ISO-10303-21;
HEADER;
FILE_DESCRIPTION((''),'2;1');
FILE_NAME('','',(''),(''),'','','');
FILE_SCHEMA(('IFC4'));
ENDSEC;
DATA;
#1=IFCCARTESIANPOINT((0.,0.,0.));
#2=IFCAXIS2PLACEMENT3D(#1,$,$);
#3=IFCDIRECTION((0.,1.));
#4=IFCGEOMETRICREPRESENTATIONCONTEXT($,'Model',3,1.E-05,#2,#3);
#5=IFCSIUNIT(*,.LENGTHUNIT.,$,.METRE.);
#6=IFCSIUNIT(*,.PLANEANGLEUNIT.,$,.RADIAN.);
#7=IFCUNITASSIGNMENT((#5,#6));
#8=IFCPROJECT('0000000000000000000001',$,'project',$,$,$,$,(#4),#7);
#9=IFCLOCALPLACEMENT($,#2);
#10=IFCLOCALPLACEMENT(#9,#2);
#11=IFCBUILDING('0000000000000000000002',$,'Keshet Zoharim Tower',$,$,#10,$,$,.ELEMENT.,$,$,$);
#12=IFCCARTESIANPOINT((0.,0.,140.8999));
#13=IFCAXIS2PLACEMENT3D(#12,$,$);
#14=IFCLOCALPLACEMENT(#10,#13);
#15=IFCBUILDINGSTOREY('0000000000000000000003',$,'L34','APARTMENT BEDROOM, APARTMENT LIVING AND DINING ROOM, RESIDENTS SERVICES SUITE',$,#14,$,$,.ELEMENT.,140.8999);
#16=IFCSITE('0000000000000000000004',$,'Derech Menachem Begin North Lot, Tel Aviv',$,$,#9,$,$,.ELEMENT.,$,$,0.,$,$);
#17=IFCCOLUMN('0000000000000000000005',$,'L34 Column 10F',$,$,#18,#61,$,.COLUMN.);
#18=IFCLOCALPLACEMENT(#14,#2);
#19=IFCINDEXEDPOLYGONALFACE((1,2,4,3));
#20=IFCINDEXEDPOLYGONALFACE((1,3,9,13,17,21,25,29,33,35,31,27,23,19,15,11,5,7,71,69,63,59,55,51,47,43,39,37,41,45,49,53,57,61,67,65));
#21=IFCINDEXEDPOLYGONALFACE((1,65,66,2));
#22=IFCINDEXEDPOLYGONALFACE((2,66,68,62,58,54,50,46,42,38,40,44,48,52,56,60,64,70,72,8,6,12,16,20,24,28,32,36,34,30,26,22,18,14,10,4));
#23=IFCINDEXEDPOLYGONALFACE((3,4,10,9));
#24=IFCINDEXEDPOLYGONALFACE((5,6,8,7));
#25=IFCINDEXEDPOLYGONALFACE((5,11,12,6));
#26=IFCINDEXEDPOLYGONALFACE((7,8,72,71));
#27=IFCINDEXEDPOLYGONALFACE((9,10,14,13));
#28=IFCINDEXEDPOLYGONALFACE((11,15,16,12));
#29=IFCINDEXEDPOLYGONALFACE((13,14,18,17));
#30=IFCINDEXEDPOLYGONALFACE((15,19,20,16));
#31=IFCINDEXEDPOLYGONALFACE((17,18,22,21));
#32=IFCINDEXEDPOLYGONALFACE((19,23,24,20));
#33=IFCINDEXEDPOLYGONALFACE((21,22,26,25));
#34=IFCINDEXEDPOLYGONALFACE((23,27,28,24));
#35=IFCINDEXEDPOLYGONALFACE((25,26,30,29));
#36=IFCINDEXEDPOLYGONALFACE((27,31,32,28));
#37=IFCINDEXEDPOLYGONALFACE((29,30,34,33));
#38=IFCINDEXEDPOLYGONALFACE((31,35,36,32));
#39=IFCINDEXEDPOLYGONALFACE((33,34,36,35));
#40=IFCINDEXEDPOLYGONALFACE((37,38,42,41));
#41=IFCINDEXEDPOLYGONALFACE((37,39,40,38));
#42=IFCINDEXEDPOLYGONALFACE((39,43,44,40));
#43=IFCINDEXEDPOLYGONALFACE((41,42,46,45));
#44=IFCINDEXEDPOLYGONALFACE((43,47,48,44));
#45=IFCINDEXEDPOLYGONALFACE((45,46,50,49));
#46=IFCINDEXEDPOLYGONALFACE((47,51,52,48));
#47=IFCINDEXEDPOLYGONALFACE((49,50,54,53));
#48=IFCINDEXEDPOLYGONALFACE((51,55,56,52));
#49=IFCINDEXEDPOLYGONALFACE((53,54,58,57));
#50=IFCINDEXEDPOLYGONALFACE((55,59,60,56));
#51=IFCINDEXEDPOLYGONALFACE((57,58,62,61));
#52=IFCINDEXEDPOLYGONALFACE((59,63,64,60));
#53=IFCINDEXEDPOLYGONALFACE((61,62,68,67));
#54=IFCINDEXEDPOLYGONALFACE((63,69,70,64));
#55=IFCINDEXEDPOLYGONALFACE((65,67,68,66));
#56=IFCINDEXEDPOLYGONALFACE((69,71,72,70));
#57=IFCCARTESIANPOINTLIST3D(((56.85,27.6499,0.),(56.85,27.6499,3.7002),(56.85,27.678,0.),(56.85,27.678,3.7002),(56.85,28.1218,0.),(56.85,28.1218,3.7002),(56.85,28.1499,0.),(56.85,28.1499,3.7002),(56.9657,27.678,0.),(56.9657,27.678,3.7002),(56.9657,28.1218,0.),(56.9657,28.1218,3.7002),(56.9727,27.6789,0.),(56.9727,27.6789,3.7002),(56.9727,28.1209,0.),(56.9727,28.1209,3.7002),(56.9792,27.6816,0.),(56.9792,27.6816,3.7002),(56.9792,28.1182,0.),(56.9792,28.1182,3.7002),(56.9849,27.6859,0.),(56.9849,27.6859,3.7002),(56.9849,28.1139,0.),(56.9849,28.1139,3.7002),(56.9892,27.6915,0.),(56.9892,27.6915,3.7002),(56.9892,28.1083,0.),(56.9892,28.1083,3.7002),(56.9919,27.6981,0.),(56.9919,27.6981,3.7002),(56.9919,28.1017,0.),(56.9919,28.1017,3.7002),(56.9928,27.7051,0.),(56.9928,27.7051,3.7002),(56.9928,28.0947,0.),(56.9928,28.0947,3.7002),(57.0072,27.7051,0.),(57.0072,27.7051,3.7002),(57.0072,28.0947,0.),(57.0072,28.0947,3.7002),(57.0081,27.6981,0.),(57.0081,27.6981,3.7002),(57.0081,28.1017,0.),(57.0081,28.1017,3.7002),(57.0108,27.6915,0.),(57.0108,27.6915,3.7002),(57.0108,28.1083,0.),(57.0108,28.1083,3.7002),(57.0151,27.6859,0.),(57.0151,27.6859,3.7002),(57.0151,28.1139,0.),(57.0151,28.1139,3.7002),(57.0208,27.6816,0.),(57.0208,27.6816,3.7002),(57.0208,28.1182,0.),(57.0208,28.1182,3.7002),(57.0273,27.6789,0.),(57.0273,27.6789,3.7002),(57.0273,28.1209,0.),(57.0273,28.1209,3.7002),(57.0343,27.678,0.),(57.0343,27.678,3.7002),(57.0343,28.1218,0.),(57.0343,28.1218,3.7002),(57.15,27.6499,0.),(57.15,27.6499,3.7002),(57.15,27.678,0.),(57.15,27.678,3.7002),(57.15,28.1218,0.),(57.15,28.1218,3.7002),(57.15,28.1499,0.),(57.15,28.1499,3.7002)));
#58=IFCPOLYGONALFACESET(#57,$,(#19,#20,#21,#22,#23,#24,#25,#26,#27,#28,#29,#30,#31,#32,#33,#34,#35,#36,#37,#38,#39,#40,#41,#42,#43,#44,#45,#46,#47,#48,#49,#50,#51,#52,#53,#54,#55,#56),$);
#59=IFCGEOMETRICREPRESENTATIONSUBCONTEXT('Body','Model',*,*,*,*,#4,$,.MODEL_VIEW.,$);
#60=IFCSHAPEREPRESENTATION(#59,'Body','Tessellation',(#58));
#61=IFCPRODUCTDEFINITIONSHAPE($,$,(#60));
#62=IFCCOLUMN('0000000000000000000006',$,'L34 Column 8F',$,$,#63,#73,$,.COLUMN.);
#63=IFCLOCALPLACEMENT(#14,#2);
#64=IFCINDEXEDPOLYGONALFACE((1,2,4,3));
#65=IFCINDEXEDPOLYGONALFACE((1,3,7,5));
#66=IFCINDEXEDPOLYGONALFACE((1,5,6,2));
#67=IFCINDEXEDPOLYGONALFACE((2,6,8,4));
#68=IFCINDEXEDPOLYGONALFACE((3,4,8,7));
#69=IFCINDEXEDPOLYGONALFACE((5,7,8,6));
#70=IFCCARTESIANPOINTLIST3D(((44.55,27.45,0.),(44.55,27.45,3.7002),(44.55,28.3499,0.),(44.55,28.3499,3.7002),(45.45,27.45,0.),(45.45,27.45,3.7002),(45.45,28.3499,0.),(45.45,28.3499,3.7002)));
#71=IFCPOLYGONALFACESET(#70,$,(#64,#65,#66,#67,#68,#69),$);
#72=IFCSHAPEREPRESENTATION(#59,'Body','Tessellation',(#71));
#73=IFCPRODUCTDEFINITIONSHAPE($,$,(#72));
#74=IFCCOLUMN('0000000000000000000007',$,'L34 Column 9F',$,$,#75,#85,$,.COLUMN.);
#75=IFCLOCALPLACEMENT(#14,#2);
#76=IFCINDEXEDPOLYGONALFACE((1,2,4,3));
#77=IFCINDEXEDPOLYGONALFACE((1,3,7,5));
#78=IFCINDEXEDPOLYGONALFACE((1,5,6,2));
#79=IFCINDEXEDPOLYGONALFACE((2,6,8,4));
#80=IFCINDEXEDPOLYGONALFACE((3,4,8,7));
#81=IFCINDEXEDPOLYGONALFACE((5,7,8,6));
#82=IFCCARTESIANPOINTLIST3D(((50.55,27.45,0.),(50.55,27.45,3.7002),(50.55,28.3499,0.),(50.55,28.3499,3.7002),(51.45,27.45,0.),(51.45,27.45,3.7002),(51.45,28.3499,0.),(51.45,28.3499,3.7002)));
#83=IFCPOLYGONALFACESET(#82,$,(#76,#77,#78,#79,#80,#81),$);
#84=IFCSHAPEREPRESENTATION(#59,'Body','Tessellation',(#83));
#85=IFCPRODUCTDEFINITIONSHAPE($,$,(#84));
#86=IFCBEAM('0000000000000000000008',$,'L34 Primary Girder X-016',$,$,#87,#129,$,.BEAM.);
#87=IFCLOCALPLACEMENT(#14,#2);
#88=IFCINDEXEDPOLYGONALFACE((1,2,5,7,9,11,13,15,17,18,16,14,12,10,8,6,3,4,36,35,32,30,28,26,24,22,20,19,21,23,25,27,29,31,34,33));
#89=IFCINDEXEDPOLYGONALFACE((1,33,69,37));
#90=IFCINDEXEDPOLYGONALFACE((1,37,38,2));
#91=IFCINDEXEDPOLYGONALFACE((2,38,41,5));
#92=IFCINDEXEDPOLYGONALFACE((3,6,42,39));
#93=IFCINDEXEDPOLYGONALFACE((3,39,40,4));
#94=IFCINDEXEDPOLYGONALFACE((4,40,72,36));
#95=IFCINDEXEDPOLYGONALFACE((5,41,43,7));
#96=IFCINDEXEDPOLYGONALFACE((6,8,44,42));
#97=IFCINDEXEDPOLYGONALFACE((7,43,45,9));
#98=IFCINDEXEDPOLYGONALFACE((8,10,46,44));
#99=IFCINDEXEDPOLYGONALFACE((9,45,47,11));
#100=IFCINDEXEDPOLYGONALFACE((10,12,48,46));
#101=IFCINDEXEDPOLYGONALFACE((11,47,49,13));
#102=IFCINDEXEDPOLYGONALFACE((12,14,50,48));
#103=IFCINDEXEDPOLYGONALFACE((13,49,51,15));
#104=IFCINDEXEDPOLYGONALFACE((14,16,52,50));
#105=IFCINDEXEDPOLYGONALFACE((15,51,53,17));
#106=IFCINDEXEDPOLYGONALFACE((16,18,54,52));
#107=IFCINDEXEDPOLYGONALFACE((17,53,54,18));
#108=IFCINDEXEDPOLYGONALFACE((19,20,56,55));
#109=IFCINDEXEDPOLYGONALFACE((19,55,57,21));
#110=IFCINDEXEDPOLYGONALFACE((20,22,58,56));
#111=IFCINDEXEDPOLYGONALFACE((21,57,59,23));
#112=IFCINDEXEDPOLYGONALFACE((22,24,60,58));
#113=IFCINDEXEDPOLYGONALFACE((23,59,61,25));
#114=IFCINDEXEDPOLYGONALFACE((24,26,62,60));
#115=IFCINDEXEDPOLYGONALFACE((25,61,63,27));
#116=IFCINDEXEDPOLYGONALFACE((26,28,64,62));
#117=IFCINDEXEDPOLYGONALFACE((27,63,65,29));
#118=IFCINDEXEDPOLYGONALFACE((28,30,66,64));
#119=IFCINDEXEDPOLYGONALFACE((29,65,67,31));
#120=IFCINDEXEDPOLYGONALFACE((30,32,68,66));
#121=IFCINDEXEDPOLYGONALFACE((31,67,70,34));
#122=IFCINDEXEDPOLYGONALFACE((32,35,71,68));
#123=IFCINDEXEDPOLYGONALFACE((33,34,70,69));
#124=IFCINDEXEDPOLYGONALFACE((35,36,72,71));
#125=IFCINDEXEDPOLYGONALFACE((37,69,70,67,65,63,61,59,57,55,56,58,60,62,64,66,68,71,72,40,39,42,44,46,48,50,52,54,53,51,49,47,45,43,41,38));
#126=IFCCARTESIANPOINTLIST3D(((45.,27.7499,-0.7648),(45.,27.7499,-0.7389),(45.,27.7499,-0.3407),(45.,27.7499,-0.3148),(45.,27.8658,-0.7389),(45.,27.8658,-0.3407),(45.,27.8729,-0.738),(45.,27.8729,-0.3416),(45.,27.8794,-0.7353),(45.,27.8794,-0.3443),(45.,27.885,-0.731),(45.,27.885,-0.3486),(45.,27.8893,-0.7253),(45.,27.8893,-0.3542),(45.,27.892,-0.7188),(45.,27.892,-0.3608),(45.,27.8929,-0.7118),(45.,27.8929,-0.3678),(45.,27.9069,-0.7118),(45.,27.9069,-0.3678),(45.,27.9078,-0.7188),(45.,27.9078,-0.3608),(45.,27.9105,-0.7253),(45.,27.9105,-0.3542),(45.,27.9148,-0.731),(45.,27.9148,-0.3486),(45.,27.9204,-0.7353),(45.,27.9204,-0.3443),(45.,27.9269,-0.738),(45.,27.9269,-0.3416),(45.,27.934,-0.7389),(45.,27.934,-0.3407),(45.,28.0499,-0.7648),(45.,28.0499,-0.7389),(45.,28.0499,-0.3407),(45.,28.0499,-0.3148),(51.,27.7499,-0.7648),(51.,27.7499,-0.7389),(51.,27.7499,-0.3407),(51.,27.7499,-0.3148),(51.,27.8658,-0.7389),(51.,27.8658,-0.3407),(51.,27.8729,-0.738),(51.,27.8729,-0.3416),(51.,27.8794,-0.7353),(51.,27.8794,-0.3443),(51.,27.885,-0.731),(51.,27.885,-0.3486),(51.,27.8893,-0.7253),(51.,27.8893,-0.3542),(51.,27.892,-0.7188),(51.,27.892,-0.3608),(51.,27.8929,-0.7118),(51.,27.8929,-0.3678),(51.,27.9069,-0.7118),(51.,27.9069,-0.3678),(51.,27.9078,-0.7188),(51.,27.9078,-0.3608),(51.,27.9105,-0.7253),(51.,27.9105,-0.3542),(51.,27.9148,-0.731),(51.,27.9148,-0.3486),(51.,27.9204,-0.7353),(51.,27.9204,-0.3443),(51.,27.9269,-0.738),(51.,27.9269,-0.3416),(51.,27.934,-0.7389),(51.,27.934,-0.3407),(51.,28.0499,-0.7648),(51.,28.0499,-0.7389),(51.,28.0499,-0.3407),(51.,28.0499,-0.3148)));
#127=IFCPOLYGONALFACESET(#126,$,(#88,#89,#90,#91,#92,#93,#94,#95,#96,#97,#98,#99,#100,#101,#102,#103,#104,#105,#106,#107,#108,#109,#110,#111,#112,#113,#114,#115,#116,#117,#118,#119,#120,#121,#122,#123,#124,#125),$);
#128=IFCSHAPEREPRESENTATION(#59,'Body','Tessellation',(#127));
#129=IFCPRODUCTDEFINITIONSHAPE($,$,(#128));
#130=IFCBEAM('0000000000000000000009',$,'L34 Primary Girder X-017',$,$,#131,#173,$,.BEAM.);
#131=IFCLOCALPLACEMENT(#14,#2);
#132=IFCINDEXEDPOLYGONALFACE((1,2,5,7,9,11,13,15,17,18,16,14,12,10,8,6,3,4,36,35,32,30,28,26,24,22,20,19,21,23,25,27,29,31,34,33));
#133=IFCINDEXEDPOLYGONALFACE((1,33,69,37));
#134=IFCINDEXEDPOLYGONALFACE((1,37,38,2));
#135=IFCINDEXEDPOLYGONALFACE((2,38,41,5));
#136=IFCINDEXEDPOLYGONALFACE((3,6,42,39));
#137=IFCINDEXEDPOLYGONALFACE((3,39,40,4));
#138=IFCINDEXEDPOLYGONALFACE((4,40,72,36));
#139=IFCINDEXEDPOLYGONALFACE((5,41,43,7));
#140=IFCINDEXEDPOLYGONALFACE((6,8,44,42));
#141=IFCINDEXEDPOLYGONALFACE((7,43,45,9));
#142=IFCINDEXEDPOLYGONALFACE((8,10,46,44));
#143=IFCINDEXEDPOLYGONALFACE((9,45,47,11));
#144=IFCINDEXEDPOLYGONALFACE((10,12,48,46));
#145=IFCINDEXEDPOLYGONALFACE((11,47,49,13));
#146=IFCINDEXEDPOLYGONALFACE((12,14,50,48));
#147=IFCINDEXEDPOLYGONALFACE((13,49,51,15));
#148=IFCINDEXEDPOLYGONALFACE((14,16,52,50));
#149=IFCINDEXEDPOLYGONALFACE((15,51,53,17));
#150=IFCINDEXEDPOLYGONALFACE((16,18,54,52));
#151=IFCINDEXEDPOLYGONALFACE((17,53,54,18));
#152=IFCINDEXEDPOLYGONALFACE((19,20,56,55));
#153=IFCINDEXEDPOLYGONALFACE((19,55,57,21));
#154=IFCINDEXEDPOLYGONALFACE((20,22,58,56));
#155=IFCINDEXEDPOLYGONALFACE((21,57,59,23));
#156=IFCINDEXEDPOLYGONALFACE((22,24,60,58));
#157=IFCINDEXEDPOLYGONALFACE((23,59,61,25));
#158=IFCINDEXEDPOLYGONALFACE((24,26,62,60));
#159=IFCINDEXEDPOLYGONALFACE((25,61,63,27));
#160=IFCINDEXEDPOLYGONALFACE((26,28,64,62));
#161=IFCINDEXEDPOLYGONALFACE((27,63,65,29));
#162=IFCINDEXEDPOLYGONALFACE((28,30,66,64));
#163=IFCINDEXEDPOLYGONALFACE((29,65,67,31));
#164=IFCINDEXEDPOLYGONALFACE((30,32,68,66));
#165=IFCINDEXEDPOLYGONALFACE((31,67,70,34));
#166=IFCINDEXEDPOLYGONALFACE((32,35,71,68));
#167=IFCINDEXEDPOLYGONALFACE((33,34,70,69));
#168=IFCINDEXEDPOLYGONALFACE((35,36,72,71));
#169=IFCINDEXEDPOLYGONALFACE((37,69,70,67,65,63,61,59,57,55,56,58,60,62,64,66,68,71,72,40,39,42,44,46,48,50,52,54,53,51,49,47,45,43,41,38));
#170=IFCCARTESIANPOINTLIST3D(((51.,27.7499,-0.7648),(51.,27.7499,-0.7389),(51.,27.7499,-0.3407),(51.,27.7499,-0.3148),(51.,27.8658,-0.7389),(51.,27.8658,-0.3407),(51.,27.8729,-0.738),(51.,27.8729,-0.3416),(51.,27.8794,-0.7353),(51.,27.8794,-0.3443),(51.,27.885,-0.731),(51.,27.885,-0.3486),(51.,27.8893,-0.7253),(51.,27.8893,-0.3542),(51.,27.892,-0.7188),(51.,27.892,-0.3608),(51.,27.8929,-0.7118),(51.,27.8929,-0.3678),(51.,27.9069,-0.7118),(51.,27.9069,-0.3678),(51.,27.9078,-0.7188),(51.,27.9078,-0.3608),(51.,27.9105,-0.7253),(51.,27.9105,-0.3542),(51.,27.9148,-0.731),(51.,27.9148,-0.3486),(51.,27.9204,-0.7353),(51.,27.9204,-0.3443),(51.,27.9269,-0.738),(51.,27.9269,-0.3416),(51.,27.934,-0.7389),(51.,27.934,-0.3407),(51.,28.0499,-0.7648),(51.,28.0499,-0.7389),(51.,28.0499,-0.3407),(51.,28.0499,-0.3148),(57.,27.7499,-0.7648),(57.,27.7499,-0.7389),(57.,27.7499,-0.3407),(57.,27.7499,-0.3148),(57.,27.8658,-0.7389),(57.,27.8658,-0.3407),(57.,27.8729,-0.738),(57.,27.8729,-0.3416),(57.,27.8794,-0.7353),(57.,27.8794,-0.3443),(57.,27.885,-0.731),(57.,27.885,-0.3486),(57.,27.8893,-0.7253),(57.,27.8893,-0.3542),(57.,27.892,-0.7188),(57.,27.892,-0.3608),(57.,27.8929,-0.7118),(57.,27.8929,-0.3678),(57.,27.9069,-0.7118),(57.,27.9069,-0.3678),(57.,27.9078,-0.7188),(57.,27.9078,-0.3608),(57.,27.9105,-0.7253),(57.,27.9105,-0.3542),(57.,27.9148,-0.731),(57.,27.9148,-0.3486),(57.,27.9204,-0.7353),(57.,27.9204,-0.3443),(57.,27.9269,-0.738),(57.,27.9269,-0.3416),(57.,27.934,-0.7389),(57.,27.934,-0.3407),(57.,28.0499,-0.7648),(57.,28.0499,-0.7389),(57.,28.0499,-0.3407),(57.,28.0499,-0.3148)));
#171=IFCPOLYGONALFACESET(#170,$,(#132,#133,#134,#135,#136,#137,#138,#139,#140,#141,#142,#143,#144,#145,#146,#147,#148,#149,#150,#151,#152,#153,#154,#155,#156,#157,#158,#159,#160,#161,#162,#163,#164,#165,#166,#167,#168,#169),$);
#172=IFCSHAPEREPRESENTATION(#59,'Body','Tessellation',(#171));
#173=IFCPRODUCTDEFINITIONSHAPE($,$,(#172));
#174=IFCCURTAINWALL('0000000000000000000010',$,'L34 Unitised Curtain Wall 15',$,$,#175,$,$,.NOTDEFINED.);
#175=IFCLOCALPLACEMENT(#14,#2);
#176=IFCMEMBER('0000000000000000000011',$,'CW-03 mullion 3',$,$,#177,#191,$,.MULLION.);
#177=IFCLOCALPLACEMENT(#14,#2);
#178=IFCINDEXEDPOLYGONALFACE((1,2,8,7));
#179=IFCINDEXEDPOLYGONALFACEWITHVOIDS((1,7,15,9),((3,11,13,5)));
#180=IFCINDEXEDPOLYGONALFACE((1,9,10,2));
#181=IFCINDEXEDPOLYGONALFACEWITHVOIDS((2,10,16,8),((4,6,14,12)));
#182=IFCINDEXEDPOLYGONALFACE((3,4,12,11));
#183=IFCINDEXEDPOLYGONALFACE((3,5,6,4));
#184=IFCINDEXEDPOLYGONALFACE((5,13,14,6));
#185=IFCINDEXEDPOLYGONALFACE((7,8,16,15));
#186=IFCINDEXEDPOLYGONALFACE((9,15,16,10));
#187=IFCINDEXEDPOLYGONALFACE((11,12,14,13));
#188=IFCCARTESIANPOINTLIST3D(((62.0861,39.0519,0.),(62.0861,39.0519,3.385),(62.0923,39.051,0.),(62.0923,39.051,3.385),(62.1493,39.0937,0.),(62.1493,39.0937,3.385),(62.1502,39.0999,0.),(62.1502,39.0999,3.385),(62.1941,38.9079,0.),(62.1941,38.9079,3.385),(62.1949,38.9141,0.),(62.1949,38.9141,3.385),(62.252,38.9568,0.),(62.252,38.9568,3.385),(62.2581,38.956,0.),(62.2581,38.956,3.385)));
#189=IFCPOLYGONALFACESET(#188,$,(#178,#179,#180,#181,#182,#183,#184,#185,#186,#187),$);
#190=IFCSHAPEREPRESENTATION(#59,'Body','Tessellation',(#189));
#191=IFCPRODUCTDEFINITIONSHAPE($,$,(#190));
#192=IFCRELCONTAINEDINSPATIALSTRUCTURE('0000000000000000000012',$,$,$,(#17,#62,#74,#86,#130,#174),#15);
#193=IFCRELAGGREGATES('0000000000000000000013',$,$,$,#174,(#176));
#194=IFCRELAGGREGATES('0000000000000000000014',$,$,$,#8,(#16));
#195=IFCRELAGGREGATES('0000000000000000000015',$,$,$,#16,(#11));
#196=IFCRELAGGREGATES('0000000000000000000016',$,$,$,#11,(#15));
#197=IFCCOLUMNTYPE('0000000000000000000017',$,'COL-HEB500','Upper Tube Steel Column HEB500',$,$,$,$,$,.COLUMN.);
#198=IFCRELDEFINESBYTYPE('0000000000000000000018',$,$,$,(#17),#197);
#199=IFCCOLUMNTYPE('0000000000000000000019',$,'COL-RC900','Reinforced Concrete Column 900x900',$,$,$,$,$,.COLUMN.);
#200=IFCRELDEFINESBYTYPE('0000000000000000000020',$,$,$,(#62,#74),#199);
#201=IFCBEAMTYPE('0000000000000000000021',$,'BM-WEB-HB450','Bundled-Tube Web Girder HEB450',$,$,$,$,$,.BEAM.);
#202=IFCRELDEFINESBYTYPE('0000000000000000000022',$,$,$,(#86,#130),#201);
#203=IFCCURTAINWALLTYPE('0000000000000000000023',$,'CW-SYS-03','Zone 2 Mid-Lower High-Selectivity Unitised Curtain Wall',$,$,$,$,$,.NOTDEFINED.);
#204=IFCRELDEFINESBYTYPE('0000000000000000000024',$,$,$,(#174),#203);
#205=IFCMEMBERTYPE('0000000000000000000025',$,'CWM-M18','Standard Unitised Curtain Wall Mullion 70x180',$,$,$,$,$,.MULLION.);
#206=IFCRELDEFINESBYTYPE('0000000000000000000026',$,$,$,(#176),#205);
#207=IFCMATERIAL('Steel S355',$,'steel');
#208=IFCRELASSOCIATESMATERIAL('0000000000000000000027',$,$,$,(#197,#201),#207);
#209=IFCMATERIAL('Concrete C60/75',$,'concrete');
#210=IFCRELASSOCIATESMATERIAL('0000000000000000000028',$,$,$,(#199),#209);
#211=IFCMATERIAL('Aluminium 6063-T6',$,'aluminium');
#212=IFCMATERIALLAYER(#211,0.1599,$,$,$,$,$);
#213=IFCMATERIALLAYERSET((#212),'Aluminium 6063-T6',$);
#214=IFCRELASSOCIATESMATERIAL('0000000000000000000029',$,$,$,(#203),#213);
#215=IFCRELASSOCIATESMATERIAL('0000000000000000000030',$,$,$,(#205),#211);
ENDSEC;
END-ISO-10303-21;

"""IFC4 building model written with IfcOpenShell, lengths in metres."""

from ifc_helpers import new_model, si_unit, direction, frame, origin, origin_2d, place, context, subcontext, project, spatial, rectangle, hollow_rectangle, i_section, extrude, material, layer, layer_set, material_profile, profile_set, type_object, element, aggregate, save


model = new_model("IFC4")

# Units and contexts
model_context = context("Model", 3, precision=1e-05, world=origin(), true_north=direction((0.0, 1.0)))
body_context = subcontext(model_context, "Body", "Model", "MODEL_VIEW")
ifc_project = project(units=[si_unit("LENGTHUNIT", "METRE"), si_unit("PLANEANGLEUNIT", "RADIAN")], contexts=[model_context])

# Site, building, storey
site_placement = place(None, origin())
site = spatial("IfcSite", under=ifc_project, at=site_placement, Name="Derech Menachem Begin North Lot, Tel Aviv", CompositionType="ELEMENT", RefElevation=0.0)
building_placement = place(site_placement, origin())
building = spatial("IfcBuilding", under=site, at=building_placement, Name="Keshet Zoharim Tower", CompositionType="ELEMENT")
storey_placement = place(building_placement, frame((0.0, 0.0, 140.8999)))
storey = spatial("IfcBuildingStorey", under=building, at=storey_placement, Name="L34", Description="APARTMENT BEDROOM, APARTMENT LIVING AND DINING ROOM, RESIDENTS SERVICES SUITE", CompositionType="ELEMENT", Elevation=140.8999)

# Columns
ifc_material_1 = material(Name="Steel S355", Category="steel")
ifc_material_profile_1 = material_profile(ifc_material_1, i_section(OverallWidth=0.3, OverallDepth=0.5, WebThickness=0.0144, FlangeThickness=0.0281, FilletRadius=0.0271, at=origin_2d()), Name="HEB500")
ifc_profile_set_1 = profile_set([ifc_material_profile_1], Name="Steel S355")
column_type_1 = type_object("IfcColumnType", Name="COL-HEB500", Description="Upper Tube Steel Column HEB500", PredefinedType="COLUMN", material=ifc_profile_set_1)
column_placement = place(storey_placement, frame((57.0, 27.8999, 0.0), z_axis=(0.0, 0.0, 1.0), x_axis=(1.0, 0.0, 0.0)))
element("IfcColumn", 1, at=column_placement, inside=storey, type_object=column_type_1, Name="L34 Column 10F", PredefinedType="COLUMN", context=body_context, shape_type="SweptSolid", body=[
    extrude(i_section(OverallWidth=0.3, OverallDepth=0.5, WebThickness=0.0144, FlangeThickness=0.0281, FilletRadius=0.0271, at=origin_2d()), origin(), (0.0, 0.0, 1.0), 3.7002),
])
ifc_material_2 = material(Name="Concrete C60/75", Category="concrete")
ifc_material_profile_2 = material_profile(ifc_material_2, rectangle(XDim=0.8999, YDim=0.8999, at=origin_2d()), Name="RC900x900")
ifc_profile_set_2 = profile_set([ifc_material_profile_2], Name="Concrete C60/75")
column_type_2 = type_object("IfcColumnType", Name="COL-RC900", Description="Reinforced Concrete Column 900x900", PredefinedType="COLUMN", material=ifc_profile_set_2)
for number, where, z_axis, x_axis, name in (
    (2, (45.0, 27.8999, 0.0), (0.0, 0.0, 1.0), (1.0, 0.0, 0.0), "L34 Column 8F"),
    (3, (51.0, 27.8999, 0.0), (0.0, 0.0, 1.0), (1.0, 0.0, 0.0), "L34 Column 9F"),
):
    element("IfcColumn", number, at=place(storey_placement, frame(where, z_axis=z_axis, x_axis=x_axis)), inside=storey, type_object=column_type_2, Name=name, PredefinedType="COLUMN", context=body_context, shape_type="SweptSolid", body=[
        extrude(rectangle(XDim=0.8999, YDim=0.8999, at=origin_2d()), origin(), (0.0, 0.0, 1.0), 3.7002),
    ])

# Beams
ifc_material_profile_3 = material_profile(ifc_material_1, i_section(OverallWidth=0.3, OverallDepth=0.45, WebThickness=0.0139, FlangeThickness=0.0259, FilletRadius=0.0271, at=origin_2d()), Name="HEB450")
ifc_profile_set_3 = profile_set([ifc_material_profile_3], Name="Steel S355")
beam_type = type_object("IfcBeamType", Name="BM-WEB-HB450", Description="Bundled-Tube Web Girder HEB450", PredefinedType="BEAM", material=ifc_profile_set_3)
for number, where, z_axis, x_axis, name in (
    (4, (45.0, 27.8999, -0.5398), (1.0, 0.0, 0.0), (0.0, 1.0, 0.0), "L34 Primary Girder X-016"),
    (5, (51.0, 27.8999, -0.5398), (1.0, 0.0, 0.0), (0.0, 1.0, 0.0), "L34 Primary Girder X-017"),
):
    element("IfcBeam", number, at=place(storey_placement, frame(where, z_axis=z_axis, x_axis=x_axis)), inside=storey, type_object=beam_type, Name=name, PredefinedType="BEAM", context=body_context, shape_type="SweptSolid", body=[
        extrude(i_section(OverallWidth=0.3, OverallDepth=0.45, WebThickness=0.0139, FlangeThickness=0.0259, FilletRadius=0.0271, at=origin_2d()), origin(), (0.0, 0.0, 1.0), 6.0),
    ])

# Curtain wall, member
ifc_material_3 = material(Name="Aluminium 6063-T6", Category="aluminium")
ifc_layer_1 = layer(ifc_material_3, 0.1599)
ifc_layer_set_1 = layer_set([ifc_layer_1], Name="Aluminium 6063-T6")
curtain_wall_type = type_object("IfcCurtainWallType", Name="CW-SYS-03", Description="Zone 2 Mid-Lower High-Selectivity Unitised Curtain Wall", PredefinedType="NOTDEFINED", material=ifc_layer_set_1)
curtain_wall_1_placement = place(storey_placement, origin())
curtain_wall_1 = element("IfcCurtainWall", 6, at=curtain_wall_1_placement, inside=storey, type_object=curtain_wall_type, Name="L34 Unitised Curtain Wall 15", PredefinedType="NOTDEFINED")
ifc_material_profile_4 = material_profile(ifc_material_3, hollow_rectangle(XDim=0.0801, YDim=0.1799, WallThickness=0.0044, at=origin_2d()), Name="MUL-80x180")
ifc_profile_set_4 = profile_set([ifc_material_profile_4], Name="Aluminium 6063-T6")
member_type_1 = type_object("IfcMemberType", Name="CWM-M18", Description="Standard Unitised Curtain Wall Mullion 70x180", PredefinedType="MULLION", material=ifc_profile_set_4)
member_1_placement = place(storey_placement, frame((62.1721, 39.0039, 0.0), z_axis=(0.0, 0.0, 1.0), x_axis=(0.8, 0.6, 0.0)))
member_1 = element("IfcMember", 7, at=member_1_placement, type_object=member_type_1, Name="CW-03 mullion 3", PredefinedType="MULLION", context=body_context, shape_type="SweptSolid", body=[
    extrude(hollow_rectangle(XDim=0.0801, YDim=0.1799, WallThickness=0.0044, at=origin_2d()), origin(), (0.0, 0.0, 1.0), 3.385),
])
aggregate(curtain_wall_1, [member_1])

save(model, "model.ifc")
